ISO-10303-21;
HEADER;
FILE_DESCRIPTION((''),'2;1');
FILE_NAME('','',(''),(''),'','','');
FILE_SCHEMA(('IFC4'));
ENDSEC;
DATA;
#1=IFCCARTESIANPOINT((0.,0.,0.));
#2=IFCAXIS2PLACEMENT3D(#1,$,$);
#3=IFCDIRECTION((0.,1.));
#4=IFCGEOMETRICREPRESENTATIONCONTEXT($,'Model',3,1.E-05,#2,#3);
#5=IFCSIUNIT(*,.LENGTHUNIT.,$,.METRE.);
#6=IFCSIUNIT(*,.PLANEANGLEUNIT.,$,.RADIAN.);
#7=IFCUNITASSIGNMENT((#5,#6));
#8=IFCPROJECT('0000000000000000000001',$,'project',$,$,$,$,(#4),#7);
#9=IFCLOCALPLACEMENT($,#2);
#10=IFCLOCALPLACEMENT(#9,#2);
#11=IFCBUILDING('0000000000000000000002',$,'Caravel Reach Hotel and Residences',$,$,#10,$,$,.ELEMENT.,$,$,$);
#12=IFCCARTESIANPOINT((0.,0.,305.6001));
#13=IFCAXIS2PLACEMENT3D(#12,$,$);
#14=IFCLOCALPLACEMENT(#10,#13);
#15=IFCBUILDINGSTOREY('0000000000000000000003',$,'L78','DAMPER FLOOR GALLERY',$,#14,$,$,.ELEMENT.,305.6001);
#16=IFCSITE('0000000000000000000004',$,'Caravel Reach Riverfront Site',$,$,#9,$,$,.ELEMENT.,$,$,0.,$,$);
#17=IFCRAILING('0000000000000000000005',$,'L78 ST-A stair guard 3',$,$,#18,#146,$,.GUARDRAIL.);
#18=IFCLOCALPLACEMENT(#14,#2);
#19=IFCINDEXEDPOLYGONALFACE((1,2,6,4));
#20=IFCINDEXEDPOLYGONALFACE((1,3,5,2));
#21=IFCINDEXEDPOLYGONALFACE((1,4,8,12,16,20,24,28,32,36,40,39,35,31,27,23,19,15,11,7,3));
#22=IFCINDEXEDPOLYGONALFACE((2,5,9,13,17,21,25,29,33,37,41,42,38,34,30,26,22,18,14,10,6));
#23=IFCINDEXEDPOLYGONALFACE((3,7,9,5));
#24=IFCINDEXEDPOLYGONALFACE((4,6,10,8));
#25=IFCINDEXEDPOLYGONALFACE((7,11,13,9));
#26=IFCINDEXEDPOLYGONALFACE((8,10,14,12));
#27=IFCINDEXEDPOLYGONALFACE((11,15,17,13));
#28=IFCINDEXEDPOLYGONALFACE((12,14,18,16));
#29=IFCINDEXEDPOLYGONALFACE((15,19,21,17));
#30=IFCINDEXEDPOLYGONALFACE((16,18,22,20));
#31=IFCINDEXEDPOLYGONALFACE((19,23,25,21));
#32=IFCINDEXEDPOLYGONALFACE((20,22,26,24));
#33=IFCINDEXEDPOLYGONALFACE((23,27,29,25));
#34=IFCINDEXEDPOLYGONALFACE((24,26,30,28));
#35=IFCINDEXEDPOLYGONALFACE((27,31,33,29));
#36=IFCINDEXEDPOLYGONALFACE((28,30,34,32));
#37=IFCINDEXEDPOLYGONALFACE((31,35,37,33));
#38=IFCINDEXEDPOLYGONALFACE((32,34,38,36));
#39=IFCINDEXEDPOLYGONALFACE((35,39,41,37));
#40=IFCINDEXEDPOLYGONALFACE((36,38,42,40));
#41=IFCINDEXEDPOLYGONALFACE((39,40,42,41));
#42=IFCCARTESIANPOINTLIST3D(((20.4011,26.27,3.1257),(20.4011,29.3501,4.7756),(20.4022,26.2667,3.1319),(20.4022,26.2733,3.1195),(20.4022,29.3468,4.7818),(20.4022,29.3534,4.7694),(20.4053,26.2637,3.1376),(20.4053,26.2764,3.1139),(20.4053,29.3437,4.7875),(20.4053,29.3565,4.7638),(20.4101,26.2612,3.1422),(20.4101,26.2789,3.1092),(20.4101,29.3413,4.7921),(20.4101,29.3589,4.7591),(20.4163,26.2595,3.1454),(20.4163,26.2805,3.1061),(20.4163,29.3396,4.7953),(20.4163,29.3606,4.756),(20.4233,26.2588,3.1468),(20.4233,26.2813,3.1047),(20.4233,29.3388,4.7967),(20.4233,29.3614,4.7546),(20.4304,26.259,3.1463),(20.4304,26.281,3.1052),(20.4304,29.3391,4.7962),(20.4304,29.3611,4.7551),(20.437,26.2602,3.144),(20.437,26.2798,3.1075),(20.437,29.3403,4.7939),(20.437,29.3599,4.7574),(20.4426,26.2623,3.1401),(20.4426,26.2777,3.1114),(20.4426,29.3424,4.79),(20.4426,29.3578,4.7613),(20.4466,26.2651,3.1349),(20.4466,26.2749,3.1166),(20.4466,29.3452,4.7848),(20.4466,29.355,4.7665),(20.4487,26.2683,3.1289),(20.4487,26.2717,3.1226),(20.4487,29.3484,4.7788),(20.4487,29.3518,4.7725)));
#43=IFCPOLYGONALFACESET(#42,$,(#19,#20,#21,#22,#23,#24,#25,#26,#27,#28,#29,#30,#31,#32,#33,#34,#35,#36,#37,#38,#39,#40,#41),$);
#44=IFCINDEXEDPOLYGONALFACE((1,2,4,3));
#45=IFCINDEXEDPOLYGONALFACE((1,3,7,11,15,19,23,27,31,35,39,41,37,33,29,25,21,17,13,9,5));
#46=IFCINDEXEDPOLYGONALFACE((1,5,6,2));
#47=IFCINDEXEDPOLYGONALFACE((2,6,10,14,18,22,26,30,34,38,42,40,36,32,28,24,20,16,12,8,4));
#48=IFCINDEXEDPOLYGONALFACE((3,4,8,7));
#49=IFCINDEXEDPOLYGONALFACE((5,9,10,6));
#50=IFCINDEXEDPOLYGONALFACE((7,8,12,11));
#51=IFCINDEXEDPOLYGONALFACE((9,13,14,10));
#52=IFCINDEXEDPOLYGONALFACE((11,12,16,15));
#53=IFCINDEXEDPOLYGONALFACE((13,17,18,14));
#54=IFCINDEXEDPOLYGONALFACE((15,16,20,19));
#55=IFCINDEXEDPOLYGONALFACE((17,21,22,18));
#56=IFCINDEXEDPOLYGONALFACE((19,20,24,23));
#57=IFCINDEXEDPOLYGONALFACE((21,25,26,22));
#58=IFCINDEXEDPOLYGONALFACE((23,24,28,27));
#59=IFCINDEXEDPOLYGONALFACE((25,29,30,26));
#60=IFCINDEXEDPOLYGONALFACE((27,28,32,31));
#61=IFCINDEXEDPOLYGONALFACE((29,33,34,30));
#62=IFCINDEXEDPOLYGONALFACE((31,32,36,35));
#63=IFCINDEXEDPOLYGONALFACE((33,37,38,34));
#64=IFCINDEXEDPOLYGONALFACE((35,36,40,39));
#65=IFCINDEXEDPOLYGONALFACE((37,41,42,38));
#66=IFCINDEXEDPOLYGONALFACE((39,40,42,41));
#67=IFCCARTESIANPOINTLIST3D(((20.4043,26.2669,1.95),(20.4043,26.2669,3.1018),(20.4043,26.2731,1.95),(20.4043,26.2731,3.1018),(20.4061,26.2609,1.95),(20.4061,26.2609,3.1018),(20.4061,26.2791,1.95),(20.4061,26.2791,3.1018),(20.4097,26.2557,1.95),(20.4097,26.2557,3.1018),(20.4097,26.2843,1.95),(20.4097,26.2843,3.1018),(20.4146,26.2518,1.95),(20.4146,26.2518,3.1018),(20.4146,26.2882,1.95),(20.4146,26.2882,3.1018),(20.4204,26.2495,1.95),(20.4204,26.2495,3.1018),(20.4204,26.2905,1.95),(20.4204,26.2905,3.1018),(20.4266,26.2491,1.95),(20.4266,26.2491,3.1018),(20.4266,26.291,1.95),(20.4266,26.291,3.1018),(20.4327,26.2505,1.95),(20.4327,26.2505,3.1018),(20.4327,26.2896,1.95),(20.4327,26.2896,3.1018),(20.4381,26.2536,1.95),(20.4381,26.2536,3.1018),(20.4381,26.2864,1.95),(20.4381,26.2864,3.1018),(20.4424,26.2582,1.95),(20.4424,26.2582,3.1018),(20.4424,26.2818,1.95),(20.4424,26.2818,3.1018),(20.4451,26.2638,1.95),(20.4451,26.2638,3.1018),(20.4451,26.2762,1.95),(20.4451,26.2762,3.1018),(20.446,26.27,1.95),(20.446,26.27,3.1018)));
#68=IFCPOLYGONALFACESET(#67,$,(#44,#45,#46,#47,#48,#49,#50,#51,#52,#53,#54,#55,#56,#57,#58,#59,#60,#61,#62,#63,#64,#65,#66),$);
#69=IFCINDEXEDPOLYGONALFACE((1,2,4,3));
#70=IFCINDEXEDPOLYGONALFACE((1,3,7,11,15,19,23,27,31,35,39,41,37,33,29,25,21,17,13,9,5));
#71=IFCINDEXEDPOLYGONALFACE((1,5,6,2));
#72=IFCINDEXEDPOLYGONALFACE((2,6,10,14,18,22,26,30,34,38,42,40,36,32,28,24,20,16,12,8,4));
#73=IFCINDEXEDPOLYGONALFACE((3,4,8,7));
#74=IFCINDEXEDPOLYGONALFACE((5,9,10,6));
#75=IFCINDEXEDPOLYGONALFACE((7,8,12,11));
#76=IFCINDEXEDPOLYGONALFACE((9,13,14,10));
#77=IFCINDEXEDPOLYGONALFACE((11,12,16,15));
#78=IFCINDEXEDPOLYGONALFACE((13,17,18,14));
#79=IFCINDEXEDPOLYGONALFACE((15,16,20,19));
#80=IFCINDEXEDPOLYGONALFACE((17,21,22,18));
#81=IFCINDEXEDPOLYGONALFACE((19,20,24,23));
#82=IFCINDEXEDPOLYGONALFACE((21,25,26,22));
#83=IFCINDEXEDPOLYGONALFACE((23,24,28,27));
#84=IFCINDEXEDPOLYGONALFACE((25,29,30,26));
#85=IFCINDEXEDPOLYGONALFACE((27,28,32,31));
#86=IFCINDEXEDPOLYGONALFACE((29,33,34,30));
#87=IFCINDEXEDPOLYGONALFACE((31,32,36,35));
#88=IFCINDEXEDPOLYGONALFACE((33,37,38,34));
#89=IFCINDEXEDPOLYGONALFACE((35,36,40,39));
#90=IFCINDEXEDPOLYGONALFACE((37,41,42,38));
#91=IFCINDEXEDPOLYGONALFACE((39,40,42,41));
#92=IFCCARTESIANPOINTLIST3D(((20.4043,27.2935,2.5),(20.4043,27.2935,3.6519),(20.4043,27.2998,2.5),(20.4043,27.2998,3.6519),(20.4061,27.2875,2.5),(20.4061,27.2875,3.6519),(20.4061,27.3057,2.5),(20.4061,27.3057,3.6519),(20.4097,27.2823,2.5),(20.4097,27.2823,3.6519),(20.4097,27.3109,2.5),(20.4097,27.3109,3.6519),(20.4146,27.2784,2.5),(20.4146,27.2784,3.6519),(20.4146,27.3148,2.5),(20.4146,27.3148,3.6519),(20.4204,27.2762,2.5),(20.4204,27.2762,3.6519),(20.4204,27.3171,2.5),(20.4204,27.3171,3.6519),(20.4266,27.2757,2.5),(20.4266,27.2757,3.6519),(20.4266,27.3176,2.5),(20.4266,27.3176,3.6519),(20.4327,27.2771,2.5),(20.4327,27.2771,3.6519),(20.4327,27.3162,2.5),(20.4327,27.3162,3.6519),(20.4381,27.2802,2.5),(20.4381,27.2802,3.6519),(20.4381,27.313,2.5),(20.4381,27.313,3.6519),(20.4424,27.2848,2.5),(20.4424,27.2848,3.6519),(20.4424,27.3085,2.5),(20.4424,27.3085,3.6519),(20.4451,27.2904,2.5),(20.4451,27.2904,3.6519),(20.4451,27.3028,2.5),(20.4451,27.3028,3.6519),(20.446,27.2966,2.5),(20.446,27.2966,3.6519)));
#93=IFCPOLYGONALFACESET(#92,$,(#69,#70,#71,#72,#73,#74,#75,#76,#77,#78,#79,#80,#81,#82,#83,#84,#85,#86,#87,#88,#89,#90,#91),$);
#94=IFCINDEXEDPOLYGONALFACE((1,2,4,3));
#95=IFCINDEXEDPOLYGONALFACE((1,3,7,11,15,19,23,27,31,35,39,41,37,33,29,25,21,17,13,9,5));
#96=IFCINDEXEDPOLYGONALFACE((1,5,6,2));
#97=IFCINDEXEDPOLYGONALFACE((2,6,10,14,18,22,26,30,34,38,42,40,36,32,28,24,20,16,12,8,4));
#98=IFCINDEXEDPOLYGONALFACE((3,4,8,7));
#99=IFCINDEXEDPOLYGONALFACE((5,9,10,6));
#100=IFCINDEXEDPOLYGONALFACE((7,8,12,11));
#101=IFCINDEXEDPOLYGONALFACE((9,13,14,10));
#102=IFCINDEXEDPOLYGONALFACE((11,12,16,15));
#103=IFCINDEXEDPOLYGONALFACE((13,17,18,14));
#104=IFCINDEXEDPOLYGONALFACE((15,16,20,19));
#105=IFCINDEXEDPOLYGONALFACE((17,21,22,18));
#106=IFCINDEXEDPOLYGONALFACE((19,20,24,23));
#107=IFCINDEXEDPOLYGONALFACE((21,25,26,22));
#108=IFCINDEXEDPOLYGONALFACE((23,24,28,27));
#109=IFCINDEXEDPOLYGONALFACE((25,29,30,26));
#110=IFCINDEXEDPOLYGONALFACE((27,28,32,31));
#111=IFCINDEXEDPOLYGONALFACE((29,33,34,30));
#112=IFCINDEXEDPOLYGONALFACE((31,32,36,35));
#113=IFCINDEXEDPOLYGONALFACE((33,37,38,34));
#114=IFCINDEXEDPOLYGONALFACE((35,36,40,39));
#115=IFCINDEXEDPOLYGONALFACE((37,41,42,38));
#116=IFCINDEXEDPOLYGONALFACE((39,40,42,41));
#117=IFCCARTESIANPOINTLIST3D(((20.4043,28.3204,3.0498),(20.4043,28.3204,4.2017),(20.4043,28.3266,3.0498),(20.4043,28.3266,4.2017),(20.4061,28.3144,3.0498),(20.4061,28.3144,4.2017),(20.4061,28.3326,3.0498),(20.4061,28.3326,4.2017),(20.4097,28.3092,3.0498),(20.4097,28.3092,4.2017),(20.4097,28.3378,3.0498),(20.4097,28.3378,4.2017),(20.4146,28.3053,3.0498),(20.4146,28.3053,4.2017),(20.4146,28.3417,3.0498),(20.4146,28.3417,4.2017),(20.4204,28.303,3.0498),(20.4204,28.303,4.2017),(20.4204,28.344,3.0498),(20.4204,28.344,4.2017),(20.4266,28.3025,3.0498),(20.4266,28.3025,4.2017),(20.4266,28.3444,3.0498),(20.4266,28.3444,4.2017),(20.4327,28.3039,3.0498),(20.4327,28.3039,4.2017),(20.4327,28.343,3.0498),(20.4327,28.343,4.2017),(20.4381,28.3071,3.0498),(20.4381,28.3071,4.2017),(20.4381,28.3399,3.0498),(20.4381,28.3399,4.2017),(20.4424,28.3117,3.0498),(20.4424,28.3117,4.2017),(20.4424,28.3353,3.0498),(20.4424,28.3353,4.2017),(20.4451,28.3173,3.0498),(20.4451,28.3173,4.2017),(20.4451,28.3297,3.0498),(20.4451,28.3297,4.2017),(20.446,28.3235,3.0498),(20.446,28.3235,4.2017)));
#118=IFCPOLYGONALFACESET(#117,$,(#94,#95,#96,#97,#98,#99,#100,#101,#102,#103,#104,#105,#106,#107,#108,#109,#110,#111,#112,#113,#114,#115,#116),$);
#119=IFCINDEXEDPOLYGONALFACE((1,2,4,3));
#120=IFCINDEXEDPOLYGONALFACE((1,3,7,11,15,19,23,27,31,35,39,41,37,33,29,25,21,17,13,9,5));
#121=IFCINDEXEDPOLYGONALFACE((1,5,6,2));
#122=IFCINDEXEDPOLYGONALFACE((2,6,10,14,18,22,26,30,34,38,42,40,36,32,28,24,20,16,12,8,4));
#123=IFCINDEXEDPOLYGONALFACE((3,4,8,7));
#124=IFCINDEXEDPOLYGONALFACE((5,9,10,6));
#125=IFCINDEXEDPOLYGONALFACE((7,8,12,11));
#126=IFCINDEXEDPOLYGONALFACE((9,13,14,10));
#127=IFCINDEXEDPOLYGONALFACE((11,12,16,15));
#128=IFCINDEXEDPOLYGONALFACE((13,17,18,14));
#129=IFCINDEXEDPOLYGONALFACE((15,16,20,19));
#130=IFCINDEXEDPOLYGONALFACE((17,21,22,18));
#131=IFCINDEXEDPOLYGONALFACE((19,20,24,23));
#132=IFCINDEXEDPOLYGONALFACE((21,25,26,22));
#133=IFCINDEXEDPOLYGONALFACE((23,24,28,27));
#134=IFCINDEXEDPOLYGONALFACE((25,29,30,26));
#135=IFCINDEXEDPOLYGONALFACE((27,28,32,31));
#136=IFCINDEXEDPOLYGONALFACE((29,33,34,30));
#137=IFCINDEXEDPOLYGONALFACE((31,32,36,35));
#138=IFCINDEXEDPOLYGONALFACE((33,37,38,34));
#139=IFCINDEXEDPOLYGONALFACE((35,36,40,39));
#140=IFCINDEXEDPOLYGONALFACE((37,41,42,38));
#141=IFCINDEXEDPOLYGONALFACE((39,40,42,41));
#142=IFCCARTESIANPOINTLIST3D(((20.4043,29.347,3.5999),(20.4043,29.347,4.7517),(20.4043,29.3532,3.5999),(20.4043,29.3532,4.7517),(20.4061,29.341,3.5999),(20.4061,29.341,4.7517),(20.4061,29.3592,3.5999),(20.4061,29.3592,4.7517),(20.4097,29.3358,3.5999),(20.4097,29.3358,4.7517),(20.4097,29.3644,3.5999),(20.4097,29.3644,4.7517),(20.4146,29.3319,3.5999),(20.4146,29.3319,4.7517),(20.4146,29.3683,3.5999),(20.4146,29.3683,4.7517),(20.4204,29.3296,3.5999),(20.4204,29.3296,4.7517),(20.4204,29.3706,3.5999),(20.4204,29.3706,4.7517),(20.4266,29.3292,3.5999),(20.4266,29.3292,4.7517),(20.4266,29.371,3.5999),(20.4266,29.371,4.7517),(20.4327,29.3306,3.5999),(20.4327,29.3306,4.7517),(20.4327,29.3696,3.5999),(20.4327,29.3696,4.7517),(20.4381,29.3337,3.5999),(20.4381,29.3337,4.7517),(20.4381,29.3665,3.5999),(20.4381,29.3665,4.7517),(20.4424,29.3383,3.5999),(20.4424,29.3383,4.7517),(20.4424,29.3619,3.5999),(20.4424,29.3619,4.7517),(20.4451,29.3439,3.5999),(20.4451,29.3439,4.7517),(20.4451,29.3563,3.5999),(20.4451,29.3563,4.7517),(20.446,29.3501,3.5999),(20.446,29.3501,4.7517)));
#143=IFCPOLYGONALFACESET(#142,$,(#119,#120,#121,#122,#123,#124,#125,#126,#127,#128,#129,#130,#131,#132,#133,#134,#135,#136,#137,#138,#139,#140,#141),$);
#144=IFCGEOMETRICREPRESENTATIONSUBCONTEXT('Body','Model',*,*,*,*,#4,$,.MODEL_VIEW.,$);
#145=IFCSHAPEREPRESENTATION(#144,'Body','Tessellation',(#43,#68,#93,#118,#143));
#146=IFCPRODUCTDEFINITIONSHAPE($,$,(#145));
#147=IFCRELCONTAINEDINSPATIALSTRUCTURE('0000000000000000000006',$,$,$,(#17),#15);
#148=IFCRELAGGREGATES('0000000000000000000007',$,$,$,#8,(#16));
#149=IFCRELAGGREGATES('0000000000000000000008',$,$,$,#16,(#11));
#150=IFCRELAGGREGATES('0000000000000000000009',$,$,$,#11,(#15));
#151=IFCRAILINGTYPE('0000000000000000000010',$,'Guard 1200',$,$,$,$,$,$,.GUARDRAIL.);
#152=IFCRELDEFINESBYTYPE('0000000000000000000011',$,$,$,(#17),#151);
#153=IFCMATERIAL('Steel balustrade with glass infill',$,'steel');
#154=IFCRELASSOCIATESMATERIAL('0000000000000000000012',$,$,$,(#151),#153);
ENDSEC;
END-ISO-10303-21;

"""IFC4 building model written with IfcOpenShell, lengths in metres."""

from ifc_helpers import new_model, si_unit, direction, frame, origin, origin_2d, place, context, subcontext, project, spatial, circle, extrude, material, type_object, element, save


model = new_model("IFC4")

# Units and contexts
model_context = context("Model", 3, precision=1e-05, world=origin(), true_north=direction((0.0, 1.0)))
body_context = subcontext(model_context, "Body", "Model", "MODEL_VIEW")
ifc_project = project(units=[si_unit("LENGTHUNIT", "METRE"), si_unit("PLANEANGLEUNIT", "RADIAN")], contexts=[model_context])

# Site, building, storey
site_placement = place(None, origin())
site = spatial("IfcSite", under=ifc_project, at=site_placement, Name="Caravel Reach Riverfront Site", CompositionType="ELEMENT", RefElevation=0.0)
building_placement = place(site_placement, origin())
building = spatial("IfcBuilding", under=site, at=building_placement, Name="Caravel Reach Hotel and Residences", CompositionType="ELEMENT")
storey_placement = place(building_placement, frame((0.0, 0.0, 305.6001)))
storey = spatial("IfcBuildingStorey", under=building, at=storey_placement, Name="L78", Description="DAMPER FLOOR GALLERY", CompositionType="ELEMENT", Elevation=305.6001)

# Railing
ifc_material_1 = material(Name="Steel balustrade with glass infill", Category="steel")
railing_type_1 = type_object("IfcRailingType", Name="Guard 1200", PredefinedType="GUARDRAIL", material=ifc_material_1)
railing_1_placement = place(storey_placement, frame((20.425, 26.27, 1.95)))
element("IfcRailing", 1, at=railing_1_placement, inside=storey, type_object=railing_type_1, Name="L78 ST-A stair guard 3", PredefinedType="GUARDRAIL", context=body_context, shape_type="SweptSolid", body=[
    extrude(circle(Radius=0.0239, at=origin_2d()), frame((0.0, 0.0, 1.1758), z_axis=(0.0, 0.881497, 0.47219), x_axis=(-1.0, 0.0, 0.0)), (0.0, 0.0, 1.0), 3.4941),
    extrude(circle(Radius=0.021, at=origin_2d()), origin(), (0.0, 0.0, 1.0), 1.1519),
    extrude(circle(Radius=0.021, at=origin_2d()), frame((0.0, 1.0266, 0.55)), (0.0, 0.0, 1.0), 1.1519),
    extrude(circle(Radius=0.021, at=origin_2d()), frame((0.0, 2.0535, 1.0999)), (0.0, 0.0, 1.0), 1.1519),
    extrude(circle(Radius=0.021, at=origin_2d()), frame((0.0, 3.0801, 1.6499)), (0.0, 0.0, 1.0), 1.1519),
])

save(model, "model.ifc")
